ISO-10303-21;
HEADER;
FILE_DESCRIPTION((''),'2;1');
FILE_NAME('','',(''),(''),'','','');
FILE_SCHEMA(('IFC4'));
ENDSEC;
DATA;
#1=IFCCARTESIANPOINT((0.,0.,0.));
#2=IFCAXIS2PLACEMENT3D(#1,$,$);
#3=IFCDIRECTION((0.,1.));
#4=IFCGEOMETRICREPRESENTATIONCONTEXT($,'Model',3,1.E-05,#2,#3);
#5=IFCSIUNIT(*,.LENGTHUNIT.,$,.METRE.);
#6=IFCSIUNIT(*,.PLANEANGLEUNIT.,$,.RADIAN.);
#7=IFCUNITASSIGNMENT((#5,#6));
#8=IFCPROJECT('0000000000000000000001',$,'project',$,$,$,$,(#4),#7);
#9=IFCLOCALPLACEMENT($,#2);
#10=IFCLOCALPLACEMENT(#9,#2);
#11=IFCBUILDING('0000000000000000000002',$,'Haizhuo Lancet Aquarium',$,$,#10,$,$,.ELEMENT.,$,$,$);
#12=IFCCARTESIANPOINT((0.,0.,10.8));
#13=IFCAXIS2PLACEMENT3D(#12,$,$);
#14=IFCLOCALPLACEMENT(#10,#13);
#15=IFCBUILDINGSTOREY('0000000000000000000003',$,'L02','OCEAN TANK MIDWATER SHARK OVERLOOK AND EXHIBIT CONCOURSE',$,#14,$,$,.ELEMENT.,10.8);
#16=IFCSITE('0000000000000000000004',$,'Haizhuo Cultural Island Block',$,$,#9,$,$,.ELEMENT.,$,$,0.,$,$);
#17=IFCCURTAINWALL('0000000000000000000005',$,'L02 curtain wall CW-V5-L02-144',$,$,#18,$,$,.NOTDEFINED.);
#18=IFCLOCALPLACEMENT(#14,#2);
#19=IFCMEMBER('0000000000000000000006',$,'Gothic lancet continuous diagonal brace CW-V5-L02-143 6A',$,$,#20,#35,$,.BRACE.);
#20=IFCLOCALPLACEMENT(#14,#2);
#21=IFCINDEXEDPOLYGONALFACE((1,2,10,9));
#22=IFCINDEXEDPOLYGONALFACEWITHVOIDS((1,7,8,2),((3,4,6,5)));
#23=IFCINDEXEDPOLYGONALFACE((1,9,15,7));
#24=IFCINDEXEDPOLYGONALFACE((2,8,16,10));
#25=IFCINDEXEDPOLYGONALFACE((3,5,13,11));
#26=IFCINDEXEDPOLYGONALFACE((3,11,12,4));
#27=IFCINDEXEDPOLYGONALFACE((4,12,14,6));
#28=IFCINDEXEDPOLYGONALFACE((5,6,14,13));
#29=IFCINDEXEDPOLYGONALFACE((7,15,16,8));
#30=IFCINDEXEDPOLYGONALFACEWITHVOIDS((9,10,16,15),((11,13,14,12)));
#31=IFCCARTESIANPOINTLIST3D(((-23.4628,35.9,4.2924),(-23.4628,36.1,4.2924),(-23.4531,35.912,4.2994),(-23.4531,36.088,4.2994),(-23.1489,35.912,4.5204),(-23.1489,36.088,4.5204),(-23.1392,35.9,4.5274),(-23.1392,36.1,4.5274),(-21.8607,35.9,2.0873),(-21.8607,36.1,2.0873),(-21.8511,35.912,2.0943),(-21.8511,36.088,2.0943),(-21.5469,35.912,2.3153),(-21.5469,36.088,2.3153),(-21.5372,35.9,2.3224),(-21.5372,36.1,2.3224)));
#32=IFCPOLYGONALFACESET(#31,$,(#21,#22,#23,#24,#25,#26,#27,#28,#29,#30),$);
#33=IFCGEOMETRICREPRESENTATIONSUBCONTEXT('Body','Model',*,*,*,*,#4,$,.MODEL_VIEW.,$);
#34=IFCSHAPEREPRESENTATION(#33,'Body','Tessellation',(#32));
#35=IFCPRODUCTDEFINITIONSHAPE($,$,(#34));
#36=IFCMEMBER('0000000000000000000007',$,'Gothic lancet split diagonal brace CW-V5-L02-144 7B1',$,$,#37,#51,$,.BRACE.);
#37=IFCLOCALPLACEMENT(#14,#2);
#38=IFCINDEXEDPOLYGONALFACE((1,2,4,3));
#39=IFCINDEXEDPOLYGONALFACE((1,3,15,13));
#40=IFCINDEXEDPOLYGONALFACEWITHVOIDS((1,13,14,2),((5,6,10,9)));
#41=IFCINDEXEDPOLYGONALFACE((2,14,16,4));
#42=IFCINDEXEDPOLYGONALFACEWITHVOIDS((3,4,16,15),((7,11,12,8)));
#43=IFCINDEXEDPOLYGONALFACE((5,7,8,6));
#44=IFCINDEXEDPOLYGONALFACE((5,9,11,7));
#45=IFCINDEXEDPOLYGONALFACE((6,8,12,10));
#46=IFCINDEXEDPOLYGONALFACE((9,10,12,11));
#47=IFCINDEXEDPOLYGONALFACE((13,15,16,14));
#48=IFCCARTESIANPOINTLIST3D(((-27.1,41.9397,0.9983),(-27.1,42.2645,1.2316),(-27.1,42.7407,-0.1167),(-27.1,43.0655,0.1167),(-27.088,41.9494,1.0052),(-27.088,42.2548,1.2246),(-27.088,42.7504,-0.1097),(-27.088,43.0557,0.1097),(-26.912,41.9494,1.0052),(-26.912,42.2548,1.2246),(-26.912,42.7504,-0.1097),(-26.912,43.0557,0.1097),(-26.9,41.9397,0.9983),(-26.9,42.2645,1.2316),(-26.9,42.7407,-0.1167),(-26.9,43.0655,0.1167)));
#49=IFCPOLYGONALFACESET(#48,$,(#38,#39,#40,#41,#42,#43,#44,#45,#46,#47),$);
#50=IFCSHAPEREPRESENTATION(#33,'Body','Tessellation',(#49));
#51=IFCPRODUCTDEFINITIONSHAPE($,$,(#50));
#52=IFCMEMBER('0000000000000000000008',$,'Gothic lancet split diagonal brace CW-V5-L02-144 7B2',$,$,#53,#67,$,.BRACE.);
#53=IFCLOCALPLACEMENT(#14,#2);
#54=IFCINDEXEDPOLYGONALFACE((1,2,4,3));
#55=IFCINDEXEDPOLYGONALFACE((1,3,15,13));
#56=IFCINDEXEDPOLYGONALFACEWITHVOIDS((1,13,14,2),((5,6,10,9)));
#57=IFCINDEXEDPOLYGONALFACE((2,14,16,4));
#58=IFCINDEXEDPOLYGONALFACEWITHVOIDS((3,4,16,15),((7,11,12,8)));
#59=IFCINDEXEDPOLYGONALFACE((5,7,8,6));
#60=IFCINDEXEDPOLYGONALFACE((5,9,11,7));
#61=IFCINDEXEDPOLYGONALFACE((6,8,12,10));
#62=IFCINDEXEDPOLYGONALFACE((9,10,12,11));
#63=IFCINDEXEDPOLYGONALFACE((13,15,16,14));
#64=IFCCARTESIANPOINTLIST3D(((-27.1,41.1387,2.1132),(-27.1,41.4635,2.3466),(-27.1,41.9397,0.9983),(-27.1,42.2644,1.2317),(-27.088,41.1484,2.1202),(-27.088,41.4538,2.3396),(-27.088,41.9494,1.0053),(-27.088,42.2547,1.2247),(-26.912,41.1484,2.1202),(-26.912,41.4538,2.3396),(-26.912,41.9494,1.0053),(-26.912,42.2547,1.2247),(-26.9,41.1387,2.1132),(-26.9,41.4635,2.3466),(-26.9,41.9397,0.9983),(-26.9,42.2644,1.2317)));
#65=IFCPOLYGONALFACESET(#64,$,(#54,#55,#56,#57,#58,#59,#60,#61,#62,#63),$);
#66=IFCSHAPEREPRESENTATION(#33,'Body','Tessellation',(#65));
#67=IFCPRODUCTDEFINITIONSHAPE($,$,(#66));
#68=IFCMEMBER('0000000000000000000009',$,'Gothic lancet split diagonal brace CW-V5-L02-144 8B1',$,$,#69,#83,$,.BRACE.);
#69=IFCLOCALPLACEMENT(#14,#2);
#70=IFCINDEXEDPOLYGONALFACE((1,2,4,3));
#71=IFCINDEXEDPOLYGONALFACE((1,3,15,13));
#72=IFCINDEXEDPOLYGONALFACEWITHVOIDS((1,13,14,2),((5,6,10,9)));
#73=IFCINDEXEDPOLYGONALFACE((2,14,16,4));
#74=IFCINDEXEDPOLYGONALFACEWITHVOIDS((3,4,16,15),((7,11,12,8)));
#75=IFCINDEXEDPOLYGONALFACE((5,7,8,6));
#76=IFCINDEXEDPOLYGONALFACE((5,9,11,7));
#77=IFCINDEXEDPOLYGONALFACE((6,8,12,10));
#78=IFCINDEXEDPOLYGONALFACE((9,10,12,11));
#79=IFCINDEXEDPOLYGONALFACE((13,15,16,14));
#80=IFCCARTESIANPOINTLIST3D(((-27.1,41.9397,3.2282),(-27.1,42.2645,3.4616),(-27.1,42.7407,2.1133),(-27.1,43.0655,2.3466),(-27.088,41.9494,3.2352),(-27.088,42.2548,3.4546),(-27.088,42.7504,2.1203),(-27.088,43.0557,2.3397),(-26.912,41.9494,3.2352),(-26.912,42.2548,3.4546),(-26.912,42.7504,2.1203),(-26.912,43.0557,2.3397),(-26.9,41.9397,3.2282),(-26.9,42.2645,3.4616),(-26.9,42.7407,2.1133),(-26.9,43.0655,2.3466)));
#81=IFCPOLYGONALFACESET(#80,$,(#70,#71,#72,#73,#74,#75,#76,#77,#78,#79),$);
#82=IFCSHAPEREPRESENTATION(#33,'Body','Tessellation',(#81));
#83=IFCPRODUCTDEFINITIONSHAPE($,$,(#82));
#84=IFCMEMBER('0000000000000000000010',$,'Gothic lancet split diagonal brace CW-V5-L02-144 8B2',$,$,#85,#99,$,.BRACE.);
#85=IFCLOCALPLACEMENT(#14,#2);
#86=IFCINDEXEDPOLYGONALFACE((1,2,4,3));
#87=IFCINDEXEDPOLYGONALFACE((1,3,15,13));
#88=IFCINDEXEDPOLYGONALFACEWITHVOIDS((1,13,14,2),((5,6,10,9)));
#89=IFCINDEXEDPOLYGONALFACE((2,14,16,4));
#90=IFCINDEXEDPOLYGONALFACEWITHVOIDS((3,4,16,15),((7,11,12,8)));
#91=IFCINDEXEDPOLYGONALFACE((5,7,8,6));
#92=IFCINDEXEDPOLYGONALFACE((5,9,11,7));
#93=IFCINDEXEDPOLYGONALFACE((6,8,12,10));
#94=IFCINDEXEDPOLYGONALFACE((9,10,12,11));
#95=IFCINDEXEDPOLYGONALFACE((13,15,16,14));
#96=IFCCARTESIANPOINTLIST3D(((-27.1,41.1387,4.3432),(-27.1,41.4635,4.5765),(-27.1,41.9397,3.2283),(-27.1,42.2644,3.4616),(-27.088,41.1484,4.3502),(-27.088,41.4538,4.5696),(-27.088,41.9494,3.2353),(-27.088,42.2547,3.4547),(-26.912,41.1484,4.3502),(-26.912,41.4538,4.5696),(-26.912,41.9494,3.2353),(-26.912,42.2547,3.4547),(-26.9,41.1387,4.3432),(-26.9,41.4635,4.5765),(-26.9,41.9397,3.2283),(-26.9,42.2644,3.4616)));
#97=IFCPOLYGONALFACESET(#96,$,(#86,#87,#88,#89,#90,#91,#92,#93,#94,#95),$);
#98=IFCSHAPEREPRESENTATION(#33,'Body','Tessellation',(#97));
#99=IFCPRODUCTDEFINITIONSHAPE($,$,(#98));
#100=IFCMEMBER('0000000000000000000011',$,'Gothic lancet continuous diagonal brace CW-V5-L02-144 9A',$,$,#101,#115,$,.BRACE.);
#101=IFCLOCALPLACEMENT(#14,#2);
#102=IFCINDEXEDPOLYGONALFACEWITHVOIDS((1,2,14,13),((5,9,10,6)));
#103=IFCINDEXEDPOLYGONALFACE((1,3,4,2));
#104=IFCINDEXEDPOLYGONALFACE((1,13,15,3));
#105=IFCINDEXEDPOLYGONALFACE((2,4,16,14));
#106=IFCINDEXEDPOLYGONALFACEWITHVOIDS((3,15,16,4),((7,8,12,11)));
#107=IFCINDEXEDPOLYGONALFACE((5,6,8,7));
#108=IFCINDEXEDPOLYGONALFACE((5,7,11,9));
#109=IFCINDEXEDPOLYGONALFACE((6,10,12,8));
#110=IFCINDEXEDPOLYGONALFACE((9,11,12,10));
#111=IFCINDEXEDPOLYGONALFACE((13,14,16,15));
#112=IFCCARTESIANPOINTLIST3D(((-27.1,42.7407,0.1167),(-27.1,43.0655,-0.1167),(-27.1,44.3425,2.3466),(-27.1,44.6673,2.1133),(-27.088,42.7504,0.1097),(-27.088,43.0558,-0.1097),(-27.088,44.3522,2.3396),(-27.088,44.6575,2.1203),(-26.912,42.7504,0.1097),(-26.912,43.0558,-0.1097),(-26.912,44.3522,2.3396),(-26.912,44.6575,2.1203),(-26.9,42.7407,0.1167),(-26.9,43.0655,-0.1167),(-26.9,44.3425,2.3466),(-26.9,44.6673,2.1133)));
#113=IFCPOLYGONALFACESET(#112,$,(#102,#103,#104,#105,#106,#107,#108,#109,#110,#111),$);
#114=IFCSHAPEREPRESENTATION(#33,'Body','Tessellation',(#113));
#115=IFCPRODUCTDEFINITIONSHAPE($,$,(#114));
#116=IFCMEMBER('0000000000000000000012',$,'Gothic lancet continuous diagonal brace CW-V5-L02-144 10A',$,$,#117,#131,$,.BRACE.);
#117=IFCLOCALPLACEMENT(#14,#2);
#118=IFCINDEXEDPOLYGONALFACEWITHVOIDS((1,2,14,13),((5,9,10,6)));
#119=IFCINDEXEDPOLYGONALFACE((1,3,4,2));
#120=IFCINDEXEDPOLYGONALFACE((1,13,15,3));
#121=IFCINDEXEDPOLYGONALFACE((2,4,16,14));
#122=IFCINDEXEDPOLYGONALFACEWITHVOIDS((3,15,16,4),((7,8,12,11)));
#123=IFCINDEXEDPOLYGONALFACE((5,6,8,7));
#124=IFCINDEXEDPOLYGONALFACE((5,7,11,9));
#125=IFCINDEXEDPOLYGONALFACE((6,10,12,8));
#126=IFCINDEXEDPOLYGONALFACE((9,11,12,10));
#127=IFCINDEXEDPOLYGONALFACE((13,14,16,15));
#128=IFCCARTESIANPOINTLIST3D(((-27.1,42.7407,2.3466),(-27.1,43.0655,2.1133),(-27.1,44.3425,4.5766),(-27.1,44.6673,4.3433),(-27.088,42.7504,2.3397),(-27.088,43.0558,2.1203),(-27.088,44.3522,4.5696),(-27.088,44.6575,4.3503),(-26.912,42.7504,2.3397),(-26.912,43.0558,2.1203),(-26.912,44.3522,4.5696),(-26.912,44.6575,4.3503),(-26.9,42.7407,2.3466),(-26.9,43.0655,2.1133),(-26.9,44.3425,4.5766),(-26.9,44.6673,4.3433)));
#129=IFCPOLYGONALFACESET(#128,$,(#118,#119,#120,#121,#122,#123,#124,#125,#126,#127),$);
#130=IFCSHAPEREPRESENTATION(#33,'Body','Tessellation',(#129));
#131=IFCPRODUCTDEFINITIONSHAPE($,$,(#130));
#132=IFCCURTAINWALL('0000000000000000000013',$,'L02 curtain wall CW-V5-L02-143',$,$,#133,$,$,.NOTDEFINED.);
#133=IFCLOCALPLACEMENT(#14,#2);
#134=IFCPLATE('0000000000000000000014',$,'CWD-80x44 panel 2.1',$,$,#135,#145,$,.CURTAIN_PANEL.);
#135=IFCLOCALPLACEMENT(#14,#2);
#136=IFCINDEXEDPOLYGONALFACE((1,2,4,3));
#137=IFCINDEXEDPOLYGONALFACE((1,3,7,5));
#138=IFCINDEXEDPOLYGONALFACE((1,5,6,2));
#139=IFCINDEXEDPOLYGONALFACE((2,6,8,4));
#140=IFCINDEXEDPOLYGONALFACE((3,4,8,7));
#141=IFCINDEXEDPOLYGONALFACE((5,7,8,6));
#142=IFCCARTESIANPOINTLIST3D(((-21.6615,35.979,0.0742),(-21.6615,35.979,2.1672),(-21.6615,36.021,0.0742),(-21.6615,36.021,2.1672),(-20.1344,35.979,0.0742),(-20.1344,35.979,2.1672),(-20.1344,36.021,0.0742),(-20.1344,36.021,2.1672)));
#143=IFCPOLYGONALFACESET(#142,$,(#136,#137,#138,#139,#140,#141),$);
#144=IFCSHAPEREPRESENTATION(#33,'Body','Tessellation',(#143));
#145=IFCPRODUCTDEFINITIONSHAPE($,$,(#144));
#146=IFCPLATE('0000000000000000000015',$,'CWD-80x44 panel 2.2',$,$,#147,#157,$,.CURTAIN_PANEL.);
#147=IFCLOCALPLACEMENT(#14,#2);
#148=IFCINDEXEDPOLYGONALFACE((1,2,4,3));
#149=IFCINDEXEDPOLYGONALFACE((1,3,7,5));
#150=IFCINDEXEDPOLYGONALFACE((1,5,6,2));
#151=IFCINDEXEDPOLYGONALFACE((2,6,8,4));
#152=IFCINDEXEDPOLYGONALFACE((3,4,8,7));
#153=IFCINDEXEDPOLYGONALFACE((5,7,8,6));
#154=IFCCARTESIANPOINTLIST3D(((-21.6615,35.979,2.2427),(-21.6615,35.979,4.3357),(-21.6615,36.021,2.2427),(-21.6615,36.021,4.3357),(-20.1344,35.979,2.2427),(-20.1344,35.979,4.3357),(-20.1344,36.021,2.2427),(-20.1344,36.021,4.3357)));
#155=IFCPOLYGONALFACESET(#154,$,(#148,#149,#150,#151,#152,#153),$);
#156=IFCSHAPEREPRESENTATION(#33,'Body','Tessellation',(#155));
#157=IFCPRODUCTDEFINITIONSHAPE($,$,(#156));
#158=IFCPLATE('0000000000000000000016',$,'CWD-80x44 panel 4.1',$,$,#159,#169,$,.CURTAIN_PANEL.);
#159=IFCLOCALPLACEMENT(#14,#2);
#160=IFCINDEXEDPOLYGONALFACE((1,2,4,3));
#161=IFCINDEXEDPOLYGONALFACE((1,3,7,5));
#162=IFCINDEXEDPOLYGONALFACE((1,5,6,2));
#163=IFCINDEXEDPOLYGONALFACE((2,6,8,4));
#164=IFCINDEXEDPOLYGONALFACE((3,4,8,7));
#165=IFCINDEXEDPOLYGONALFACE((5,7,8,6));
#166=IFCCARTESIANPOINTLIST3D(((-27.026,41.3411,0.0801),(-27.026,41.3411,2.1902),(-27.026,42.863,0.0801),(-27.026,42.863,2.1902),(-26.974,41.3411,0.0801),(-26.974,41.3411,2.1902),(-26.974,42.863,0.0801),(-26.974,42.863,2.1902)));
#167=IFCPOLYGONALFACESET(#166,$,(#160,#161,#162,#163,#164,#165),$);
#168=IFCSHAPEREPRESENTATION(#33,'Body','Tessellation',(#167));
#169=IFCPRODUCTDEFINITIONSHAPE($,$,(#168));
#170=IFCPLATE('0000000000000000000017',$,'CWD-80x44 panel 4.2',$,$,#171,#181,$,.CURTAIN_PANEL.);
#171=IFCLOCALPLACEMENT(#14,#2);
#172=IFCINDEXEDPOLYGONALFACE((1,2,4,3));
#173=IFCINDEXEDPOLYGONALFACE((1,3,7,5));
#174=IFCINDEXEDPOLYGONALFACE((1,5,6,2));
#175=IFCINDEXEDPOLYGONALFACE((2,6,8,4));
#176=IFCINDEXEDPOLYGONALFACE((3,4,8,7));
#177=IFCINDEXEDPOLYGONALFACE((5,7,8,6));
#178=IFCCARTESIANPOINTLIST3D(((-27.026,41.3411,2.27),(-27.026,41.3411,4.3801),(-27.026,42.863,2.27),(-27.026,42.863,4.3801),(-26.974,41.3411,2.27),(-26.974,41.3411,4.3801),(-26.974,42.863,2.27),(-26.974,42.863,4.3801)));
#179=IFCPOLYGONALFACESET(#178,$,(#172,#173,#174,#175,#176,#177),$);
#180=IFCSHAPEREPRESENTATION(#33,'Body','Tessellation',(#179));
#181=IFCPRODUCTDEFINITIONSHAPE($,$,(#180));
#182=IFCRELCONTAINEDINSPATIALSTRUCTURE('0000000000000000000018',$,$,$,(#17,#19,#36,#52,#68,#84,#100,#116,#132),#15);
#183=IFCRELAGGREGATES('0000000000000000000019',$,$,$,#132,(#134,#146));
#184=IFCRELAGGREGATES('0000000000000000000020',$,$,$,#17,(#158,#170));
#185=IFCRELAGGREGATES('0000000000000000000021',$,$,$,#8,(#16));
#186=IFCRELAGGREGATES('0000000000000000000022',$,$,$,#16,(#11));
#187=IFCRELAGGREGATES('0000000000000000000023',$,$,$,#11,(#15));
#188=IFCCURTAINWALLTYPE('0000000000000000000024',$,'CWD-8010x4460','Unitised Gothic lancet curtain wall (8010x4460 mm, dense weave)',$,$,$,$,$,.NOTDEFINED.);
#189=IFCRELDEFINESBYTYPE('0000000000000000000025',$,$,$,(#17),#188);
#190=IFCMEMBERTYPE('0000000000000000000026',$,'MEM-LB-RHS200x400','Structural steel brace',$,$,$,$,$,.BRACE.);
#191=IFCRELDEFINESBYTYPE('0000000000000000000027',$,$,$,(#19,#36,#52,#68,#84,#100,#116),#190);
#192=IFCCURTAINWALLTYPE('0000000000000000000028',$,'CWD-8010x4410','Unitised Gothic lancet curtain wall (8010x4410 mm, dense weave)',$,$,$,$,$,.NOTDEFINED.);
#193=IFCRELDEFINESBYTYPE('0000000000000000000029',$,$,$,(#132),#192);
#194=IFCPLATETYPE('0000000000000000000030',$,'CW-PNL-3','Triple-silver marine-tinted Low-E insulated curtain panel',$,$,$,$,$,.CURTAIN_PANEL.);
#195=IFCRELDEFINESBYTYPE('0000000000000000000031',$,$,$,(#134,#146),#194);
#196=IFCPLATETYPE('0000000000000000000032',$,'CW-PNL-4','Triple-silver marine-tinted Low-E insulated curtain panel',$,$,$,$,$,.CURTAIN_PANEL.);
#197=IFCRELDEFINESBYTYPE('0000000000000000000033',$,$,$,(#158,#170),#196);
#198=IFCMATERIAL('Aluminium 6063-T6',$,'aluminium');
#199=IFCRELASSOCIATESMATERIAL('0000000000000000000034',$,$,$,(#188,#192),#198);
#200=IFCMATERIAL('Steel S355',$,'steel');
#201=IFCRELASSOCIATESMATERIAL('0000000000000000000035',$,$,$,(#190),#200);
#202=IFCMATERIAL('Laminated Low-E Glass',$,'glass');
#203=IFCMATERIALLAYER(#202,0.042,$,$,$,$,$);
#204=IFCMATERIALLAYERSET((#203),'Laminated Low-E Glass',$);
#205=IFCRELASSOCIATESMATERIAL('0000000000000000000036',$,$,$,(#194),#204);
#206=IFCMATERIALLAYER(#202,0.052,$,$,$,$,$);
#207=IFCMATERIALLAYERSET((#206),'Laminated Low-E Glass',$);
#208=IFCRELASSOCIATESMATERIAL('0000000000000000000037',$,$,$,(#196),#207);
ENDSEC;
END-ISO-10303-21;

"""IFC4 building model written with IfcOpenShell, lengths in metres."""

from ifc_helpers import new_model, si_unit, direction, frame, origin, origin_2d, place, context, subcontext, project, spatial, rectangle, hollow_rectangle, extrude, material, layer, layer_set, material_profile, profile_set, type_object, element, aggregate, save


model = new_model("IFC4")

# Units and contexts
model_context = context("Model", 3, precision=1e-05, world=origin(), true_north=direction((0.0, 1.0)))
body_context = subcontext(model_context, "Body", "Model", "MODEL_VIEW")
ifc_project = project(units=[si_unit("LENGTHUNIT", "METRE"), si_unit("PLANEANGLEUNIT", "RADIAN")], contexts=[model_context])

# Site, building, storey
site_placement = place(None, origin())
site = spatial("IfcSite", under=ifc_project, at=site_placement, Name="Haizhuo Cultural Island Block", CompositionType="ELEMENT", RefElevation=0.0)
building_placement = place(site_placement, origin())
building = spatial("IfcBuilding", under=site, at=building_placement, Name="Haizhuo Lancet Aquarium", CompositionType="ELEMENT")
storey_placement = place(building_placement, frame((0.0, 0.0, 10.8)))
storey = spatial("IfcBuildingStorey", under=building, at=storey_placement, Name="L02", Description="OCEAN TANK MIDWATER SHARK OVERLOOK AND EXHIBIT CONCOURSE", CompositionType="ELEMENT", Elevation=10.8)

# Curtain wall
ifc_material_1 = material(Name="Aluminium 6063-T6", Category="aluminium")
curtain_wall_type_1 = type_object("IfcCurtainWallType", Name="CWD-8010x4460", Description="Unitised Gothic lancet curtain wall (8010x4460 mm, dense weave)", PredefinedType="NOTDEFINED", material=ifc_material_1)
curtain_wall_1_placement = place(storey_placement, origin())
curtain_wall_1 = element("IfcCurtainWall", 1, at=curtain_wall_1_placement, inside=storey, type_object=curtain_wall_type_1, Name="L02 curtain wall CW-V5-L02-144", PredefinedType="NOTDEFINED")

# Shared definitions
ifc_material_2 = material(Name="Steel S355", Category="steel")

# Members
ifc_material_profile_1 = material_profile(ifc_material_2, hollow_rectangle(XDim=0.2, YDim=0.3999, WallThickness=0.012, at=origin_2d()), Name="RHS 200x400x12")
ifc_profile_set_1 = profile_set([ifc_material_profile_1], Name="Steel S355")
member_type_1 = type_object("IfcMemberType", Name="MEM-LB-RHS200x400", Description="Structural steel brace", PredefinedType="BRACE", material=ifc_profile_set_1)
member_1_placement = place(storey_placement, frame((-21.699, 36.0, 2.2048), z_axis=(-0.587778, 0.0, 0.809023), x_axis=(0.0, -1.0, 0.0)))
element("IfcMember", 2, at=member_1_placement, inside=storey, type_object=member_type_1, Name="Gothic lancet continuous diagonal brace CW-V5-L02-143 6A", PredefinedType="BRACE", context=body_context, shape_type="SweptSolid", body=[
    extrude(hollow_rectangle(XDim=0.2, YDim=0.3999, WallThickness=0.012, at=origin_2d()), origin(), (0.0, 0.0, 1.0), 2.7256),
])
for number, where, z_axis, x_axis, name in (
    (3, (-27.0, 42.9031, 0.0), (0.0, -0.583456, 0.812144), (1.0, 0.0, 0.0), "Gothic lancet split diagonal brace CW-V5-L02-144 7B1"),
    (4, (-27.0, 42.1021, 1.115), (0.0, -0.583456, 0.812144), (1.0, 0.0, 0.0), "Gothic lancet split diagonal brace CW-V5-L02-144 7B2"),
    (5, (-27.0, 42.9031, 2.23), (0.0, -0.583456, 0.812144), (1.0, 0.0, 0.0), "Gothic lancet split diagonal brace CW-V5-L02-144 8B1"),
    (6, (-27.0, 42.1021, 3.345), (0.0, -0.583456, 0.812144), (1.0, 0.0, 0.0), "Gothic lancet split diagonal brace CW-V5-L02-144 8B2"),
):
    element("IfcMember", number, at=place(storey_placement, frame(where, z_axis=z_axis, x_axis=x_axis)), inside=storey, type_object=member_type_1, Name=name, PredefinedType="BRACE", context=body_context, shape_type="SweptSolid", body=[
        extrude(hollow_rectangle(XDim=0.2, YDim=0.3999, WallThickness=0.012, at=origin_2d()), origin(), (0.0, 0.0, 1.0), 1.3728),
    ])
for number, where, z_axis, x_axis, name in (
    (7, (-27.0, 42.9031, 0.0), (0.0, 0.583398, 0.812187), (-1.0, 0.0, 0.0), "Gothic lancet continuous diagonal brace CW-V5-L02-144 9A"),
    (8, (-27.0, 42.9031, 2.23), (0.0, 0.583398, 0.812187), (-1.0, 0.0, 0.0), "Gothic lancet continuous diagonal brace CW-V5-L02-144 10A"),
):
    element("IfcMember", number, at=place(storey_placement, frame(where, z_axis=z_axis, x_axis=x_axis)), inside=storey, type_object=member_type_1, Name=name, PredefinedType="BRACE", context=body_context, shape_type="SweptSolid", body=[
        extrude(hollow_rectangle(XDim=0.2, YDim=0.3999, WallThickness=0.012, at=origin_2d()), origin(), (0.0, 0.0, 1.0), 2.7456),
    ])

# Curtain wall, plates
curtain_wall_type_2 = type_object("IfcCurtainWallType", Name="CWD-8010x4410", Description="Unitised Gothic lancet curtain wall (8010x4410 mm, dense weave)", PredefinedType="NOTDEFINED", material=ifc_material_1)
curtain_wall_2_placement = place(storey_placement, origin())
curtain_wall_2 = element("IfcCurtainWall", 9, at=curtain_wall_2_placement, inside=storey, type_object=curtain_wall_type_2, Name="L02 curtain wall CW-V5-L02-143", PredefinedType="NOTDEFINED")
ifc_material_3 = material(Name="Laminated Low-E Glass", Category="glass")
ifc_layer_1 = layer(ifc_material_3, 0.042)
ifc_layer_set_1 = layer_set([ifc_layer_1], Name="Laminated Low-E Glass")
plate_type_1 = type_object("IfcPlateType", Name="CW-PNL-3", Description="Triple-silver marine-tinted Low-E insulated curtain panel", PredefinedType="CURTAIN_PANEL", material=ifc_layer_set_1)
plate_1_placement = place(storey_placement, frame((-20.8979, 36.0, 0.0742), z_axis=(0.0, 0.0, 1.0), x_axis=(-1.0, 0.0, 0.0)))
plate_1 = element("IfcPlate", 10, at=plate_1_placement, type_object=plate_type_1, Name="CWD-80x44 panel 2.1", PredefinedType="CURTAIN_PANEL", context=body_context, shape_type="SweptSolid", body=[
    extrude(rectangle(XDim=1.5271, YDim=0.042, at=origin_2d()), origin(), (0.0, 0.0, 1.0), 2.093),
])
plate_2_placement = place(storey_placement, frame((-20.8979, 36.0, 2.2427), z_axis=(0.0, 0.0, 1.0), x_axis=(-1.0, 0.0, 0.0)))
plate_2 = element("IfcPlate", 11, at=plate_2_placement, type_object=plate_type_1, Name="CWD-80x44 panel 2.2", PredefinedType="CURTAIN_PANEL", context=body_context, shape_type="SweptSolid", body=[
    extrude(rectangle(XDim=1.5271, YDim=0.042, at=origin_2d()), origin(), (0.0, 0.0, 1.0), 2.093),
])
aggregate(curtain_wall_2, [plate_1, plate_2])

# Plates
ifc_layer_2 = layer(ifc_material_3, 0.052)
ifc_layer_set_2 = layer_set([ifc_layer_2], Name="Laminated Low-E Glass")
plate_type_2 = type_object("IfcPlateType", Name="CW-PNL-4", Description="Triple-silver marine-tinted Low-E insulated curtain panel", PredefinedType="CURTAIN_PANEL", material=ifc_layer_set_2)
plate_3_placement = place(storey_placement, frame((-27.0, 42.1021, 0.0801), z_axis=(0.0, 0.0, 1.0), x_axis=(0.0, 1.0, 0.0)))
plate_3 = element("IfcPlate", 12, at=plate_3_placement, type_object=plate_type_2, Name="CWD-80x44 panel 4.1", PredefinedType="CURTAIN_PANEL", context=body_context, shape_type="SweptSolid", body=[
    extrude(rectangle(XDim=1.522, YDim=0.052, at=origin_2d()), origin(), (0.0, 0.0, 1.0), 2.1101),
])
plate_4_placement = place(storey_placement, frame((-27.0, 42.1021, 2.27), z_axis=(0.0, 0.0, 1.0), x_axis=(0.0, 1.0, 0.0)))
plate_4 = element("IfcPlate", 13, at=plate_4_placement, type_object=plate_type_2, Name="CWD-80x44 panel 4.2", PredefinedType="CURTAIN_PANEL", context=body_context, shape_type="SweptSolid", body=[
    extrude(rectangle(XDim=1.522, YDim=0.052, at=origin_2d()), origin(), (0.0, 0.0, 1.0), 2.1101),
])
aggregate(curtain_wall_1, [plate_3, plate_4])

save(model, "model.ifc")
